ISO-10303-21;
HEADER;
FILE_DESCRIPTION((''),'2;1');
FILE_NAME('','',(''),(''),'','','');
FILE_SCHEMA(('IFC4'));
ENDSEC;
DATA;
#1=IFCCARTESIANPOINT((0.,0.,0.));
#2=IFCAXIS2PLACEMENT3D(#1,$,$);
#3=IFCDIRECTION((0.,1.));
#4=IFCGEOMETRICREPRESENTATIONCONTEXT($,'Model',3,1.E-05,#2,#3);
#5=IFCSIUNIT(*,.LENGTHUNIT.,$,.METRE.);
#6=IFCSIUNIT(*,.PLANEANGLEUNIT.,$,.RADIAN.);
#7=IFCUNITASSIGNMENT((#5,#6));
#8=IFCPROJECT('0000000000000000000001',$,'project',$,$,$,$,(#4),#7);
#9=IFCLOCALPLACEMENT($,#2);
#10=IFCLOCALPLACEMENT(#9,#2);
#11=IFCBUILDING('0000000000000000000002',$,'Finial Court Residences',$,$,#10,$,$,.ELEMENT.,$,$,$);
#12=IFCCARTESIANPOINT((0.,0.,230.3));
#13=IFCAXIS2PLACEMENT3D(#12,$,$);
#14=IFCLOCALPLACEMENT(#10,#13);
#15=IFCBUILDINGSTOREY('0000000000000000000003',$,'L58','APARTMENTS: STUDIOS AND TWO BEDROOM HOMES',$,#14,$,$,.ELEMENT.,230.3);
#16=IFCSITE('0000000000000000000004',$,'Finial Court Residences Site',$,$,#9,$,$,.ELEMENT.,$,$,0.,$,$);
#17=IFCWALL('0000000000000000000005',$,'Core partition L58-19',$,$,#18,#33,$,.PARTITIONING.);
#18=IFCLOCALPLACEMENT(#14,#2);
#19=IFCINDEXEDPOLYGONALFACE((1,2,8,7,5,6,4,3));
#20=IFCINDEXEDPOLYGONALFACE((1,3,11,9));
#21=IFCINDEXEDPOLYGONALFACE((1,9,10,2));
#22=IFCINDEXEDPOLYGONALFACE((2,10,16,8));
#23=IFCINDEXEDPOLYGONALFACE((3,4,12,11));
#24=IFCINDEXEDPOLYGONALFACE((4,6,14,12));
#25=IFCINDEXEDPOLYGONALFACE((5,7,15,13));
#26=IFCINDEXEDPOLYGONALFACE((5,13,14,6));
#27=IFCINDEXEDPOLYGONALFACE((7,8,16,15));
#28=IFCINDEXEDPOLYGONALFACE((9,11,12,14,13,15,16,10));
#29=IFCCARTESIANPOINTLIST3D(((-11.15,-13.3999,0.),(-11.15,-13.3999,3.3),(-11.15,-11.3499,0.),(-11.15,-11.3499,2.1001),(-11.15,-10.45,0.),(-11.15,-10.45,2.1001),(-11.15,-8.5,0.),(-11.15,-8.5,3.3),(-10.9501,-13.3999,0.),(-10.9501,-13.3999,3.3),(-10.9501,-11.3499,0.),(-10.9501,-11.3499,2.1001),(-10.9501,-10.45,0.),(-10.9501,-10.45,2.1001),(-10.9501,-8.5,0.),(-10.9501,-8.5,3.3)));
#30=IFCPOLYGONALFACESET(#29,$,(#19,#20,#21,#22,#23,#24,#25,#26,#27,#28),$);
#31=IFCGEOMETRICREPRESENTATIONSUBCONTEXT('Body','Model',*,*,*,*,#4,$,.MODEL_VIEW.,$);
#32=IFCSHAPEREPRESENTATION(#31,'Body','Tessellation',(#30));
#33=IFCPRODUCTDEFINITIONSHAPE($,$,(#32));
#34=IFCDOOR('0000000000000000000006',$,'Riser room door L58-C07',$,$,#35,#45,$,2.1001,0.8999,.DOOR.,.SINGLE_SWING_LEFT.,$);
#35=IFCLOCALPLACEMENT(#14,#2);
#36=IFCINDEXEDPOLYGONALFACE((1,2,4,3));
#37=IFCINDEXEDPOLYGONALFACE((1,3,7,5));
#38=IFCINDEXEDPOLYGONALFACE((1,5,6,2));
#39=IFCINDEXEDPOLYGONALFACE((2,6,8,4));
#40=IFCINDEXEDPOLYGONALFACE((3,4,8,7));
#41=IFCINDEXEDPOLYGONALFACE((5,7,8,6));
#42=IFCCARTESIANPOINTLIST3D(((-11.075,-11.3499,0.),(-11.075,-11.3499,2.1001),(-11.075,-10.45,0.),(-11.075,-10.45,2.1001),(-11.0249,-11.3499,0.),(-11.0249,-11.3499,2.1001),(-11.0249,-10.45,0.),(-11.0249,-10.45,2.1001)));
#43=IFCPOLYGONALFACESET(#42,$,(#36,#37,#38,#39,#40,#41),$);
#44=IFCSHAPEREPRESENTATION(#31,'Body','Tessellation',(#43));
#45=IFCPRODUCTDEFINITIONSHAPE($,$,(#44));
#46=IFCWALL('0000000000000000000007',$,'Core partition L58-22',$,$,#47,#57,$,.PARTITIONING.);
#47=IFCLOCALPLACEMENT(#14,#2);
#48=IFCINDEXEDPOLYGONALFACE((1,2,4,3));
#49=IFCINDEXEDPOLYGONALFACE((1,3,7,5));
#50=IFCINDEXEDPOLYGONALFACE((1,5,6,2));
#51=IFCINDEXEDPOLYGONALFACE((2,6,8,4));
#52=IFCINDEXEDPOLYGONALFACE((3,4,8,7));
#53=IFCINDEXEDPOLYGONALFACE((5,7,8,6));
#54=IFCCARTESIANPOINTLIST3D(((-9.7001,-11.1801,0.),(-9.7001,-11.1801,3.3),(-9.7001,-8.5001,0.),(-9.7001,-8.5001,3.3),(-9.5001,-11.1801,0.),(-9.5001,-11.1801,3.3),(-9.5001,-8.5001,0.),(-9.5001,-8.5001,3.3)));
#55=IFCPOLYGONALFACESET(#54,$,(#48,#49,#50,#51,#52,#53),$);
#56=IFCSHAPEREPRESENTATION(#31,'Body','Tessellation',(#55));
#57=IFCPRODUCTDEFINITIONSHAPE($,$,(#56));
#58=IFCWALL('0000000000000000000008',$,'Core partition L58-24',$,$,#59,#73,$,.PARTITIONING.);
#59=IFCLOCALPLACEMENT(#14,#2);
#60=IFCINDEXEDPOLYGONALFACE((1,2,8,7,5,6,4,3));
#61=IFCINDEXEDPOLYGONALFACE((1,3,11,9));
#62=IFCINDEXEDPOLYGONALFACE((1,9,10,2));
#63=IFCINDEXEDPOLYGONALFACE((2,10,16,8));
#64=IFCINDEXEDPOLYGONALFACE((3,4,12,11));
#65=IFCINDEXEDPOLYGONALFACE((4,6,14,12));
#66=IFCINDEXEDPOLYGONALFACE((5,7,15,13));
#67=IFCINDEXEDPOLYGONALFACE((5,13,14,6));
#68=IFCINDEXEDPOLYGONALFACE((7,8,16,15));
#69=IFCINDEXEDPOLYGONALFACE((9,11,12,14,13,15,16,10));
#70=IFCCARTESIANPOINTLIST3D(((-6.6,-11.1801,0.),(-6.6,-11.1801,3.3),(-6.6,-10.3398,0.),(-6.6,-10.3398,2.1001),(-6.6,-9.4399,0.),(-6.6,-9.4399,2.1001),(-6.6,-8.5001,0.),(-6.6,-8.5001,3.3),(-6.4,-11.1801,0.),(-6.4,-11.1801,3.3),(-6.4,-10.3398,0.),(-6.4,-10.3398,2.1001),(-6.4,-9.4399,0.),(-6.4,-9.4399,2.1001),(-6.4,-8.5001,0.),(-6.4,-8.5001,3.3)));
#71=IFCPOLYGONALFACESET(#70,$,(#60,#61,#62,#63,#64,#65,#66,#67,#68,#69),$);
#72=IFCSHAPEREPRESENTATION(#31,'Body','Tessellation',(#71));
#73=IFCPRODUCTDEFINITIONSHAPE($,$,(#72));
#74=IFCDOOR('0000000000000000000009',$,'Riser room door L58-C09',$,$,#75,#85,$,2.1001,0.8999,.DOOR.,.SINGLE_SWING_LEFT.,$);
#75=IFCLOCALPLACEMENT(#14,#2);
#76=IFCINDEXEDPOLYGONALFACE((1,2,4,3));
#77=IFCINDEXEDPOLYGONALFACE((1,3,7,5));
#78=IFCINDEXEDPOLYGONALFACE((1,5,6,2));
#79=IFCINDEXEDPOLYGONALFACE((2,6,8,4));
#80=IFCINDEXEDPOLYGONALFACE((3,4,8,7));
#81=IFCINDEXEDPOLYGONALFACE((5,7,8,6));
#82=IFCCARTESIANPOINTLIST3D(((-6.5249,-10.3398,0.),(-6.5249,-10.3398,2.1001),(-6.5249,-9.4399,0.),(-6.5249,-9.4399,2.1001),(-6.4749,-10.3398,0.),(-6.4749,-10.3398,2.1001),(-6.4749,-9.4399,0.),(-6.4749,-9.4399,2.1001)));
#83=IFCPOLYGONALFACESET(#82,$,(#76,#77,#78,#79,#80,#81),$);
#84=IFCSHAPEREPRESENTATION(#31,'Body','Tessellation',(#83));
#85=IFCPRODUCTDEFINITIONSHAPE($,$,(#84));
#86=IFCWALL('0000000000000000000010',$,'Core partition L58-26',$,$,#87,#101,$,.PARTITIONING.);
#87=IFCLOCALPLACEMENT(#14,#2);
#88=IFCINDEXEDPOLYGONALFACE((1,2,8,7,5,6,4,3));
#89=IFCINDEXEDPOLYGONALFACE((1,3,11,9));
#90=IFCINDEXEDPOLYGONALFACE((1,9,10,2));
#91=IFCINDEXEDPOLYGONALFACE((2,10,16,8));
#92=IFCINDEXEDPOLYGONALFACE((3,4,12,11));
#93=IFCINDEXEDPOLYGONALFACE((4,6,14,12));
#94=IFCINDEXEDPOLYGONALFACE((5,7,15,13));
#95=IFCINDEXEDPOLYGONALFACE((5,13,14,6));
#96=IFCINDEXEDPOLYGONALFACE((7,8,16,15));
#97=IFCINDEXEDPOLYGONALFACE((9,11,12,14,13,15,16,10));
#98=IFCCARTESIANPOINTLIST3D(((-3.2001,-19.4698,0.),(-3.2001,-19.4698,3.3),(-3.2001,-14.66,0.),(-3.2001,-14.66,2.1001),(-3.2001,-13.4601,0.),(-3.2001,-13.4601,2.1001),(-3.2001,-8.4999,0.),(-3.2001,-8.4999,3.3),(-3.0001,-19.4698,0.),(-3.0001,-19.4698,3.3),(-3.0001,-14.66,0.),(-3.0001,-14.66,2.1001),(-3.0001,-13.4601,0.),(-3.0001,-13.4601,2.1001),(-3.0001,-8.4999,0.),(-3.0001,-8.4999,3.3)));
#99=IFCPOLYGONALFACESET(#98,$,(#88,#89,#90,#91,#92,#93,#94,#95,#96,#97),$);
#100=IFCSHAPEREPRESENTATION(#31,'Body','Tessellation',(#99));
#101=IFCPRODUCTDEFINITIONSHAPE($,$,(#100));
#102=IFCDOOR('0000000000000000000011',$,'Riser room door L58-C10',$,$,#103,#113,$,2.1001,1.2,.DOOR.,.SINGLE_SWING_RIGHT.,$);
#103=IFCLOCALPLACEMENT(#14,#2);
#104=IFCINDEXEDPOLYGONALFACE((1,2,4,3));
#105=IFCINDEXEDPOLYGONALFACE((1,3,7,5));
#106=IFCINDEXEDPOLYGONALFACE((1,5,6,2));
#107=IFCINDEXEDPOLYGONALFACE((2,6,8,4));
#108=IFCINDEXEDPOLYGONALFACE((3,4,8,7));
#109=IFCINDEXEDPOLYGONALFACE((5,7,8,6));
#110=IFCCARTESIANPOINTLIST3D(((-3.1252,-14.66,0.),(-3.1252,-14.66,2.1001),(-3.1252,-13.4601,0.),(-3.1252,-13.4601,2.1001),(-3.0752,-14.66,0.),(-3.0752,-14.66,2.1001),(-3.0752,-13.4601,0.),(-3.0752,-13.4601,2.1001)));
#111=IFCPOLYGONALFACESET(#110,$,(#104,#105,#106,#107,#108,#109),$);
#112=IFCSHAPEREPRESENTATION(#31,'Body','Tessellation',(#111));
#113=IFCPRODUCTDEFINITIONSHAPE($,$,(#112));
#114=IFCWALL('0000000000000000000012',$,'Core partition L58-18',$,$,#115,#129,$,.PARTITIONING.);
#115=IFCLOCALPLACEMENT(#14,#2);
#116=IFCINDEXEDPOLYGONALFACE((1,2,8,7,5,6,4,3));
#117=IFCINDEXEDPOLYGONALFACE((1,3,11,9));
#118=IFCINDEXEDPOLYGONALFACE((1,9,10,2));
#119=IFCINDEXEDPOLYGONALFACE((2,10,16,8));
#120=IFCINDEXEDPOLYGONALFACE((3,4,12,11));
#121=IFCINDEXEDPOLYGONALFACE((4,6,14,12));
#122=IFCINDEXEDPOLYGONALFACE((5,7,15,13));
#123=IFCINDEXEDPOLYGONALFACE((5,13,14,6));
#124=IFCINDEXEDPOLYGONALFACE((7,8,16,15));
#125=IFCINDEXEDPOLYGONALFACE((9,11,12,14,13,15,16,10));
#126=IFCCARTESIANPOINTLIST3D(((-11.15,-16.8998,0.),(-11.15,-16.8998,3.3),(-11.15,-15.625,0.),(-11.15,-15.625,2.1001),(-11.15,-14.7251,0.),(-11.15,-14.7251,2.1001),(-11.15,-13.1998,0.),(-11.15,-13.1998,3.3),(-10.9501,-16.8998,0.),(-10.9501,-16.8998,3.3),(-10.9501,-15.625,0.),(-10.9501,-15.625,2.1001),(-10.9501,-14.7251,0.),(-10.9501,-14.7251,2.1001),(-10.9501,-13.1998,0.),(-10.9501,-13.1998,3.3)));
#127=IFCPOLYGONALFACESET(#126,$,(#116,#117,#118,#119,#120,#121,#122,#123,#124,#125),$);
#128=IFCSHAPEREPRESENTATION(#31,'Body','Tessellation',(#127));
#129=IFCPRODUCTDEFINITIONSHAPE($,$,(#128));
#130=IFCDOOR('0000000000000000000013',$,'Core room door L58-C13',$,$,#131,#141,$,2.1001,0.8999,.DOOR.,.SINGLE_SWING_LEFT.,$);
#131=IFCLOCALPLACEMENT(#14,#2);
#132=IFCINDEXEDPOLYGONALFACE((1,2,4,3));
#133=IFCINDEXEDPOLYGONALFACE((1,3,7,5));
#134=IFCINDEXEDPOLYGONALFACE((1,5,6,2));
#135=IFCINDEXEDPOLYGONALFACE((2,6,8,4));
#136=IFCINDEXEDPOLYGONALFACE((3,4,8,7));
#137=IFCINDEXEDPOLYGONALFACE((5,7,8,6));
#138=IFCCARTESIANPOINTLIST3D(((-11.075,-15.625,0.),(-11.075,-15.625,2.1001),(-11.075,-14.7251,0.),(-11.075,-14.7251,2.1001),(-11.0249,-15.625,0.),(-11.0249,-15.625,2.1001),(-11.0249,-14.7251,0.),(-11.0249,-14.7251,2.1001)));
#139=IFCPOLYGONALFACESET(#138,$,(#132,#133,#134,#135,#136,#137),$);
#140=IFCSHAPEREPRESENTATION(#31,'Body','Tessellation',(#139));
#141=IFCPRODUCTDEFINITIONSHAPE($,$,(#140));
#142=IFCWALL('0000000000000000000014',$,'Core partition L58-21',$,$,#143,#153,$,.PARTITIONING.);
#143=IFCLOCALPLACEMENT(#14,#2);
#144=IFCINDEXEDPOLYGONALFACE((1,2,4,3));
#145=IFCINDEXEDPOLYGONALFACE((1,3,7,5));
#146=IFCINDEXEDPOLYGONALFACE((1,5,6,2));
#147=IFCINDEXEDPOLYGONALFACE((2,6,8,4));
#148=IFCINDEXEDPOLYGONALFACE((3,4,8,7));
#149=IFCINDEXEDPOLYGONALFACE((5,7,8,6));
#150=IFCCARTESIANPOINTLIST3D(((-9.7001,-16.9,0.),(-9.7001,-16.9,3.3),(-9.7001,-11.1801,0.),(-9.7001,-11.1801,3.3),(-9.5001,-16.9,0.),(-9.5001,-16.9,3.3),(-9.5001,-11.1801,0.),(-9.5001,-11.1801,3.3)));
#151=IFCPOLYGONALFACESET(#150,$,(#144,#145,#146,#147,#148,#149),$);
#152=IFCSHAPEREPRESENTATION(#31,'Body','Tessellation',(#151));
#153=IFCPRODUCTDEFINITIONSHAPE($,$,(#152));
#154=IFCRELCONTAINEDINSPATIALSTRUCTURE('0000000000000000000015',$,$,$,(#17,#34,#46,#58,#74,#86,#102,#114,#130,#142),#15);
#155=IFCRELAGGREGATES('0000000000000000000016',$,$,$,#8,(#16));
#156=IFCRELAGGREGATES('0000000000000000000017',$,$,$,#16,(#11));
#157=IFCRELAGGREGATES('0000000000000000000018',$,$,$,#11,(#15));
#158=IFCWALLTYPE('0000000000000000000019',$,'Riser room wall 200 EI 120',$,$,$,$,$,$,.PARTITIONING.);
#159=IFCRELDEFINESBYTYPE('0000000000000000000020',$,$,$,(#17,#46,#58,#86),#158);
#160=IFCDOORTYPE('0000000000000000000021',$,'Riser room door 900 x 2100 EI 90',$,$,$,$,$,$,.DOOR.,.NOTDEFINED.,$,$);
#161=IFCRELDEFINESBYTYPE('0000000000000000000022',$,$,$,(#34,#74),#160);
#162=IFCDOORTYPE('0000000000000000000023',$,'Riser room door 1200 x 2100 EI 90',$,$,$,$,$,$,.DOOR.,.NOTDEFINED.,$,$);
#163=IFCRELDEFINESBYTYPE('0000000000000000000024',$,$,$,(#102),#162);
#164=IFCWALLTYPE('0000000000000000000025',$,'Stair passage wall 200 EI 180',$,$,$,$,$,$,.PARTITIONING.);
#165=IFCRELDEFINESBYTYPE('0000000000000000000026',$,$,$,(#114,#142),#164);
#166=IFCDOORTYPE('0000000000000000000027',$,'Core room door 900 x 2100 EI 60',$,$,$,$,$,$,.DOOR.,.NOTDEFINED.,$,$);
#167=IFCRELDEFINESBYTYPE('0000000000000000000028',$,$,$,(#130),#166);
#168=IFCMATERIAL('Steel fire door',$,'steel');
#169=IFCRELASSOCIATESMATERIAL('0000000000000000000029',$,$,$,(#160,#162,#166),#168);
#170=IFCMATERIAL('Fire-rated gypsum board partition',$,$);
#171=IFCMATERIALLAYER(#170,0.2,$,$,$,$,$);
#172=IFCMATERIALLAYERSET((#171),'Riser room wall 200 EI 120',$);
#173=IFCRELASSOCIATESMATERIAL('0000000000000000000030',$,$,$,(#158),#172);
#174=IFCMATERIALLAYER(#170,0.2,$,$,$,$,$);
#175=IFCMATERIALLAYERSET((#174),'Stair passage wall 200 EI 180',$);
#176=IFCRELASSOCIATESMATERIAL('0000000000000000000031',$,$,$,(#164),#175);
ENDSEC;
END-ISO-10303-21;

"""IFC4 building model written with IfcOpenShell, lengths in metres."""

from ifc_helpers import new_model, si_unit, direction, frame, frame_2d, origin, place, context, subcontext, project, spatial, rectangle, extrude, material, layer, layer_set, type_object, element, fill, save


model = new_model("IFC4")

# Units and contexts
model_context = context("Model", 3, precision=1e-05, world=origin(), true_north=direction((0.0, 1.0)))
body_context = subcontext(model_context, "Body", "Model", "MODEL_VIEW")
ifc_project = project(units=[si_unit("LENGTHUNIT", "METRE"), si_unit("PLANEANGLEUNIT", "RADIAN")], contexts=[model_context])

# Site, building, storey
site_placement = place(None, origin())
site = spatial("IfcSite", under=ifc_project, at=site_placement, Name="Finial Court Residences Site", CompositionType="ELEMENT", RefElevation=0.0)
building_placement = place(site_placement, origin())
building = spatial("IfcBuilding", under=site, at=building_placement, Name="Finial Court Residences", CompositionType="ELEMENT")
storey_placement = place(building_placement, frame((0.0, 0.0, 230.3)))
storey = spatial("IfcBuildingStorey", under=building, at=storey_placement, Name="L58", Description="APARTMENTS: STUDIOS AND TWO BEDROOM HOMES", CompositionType="ELEMENT", Elevation=230.3)

# Shared definitions
ifc_material_1 = material(Name="Steel fire door", Category="steel")
door_type_1 = type_object("IfcDoorType", Name="Riser room door 900 x 2100 EI 90", OperationType="NOTDEFINED", PredefinedType="DOOR", material=ifc_material_1)

# Shared definitions
ifc_material_2 = material(Name="Fire-rated gypsum board partition")

# Shared definitions
ifc_layer_1 = layer(ifc_material_2, 0.2)
ifc_layer_set_1 = layer_set([ifc_layer_1], Name="Riser room wall 200 EI 120")
wall_type_1 = type_object("IfcWallType", Name="Riser room wall 200 EI 120", PredefinedType="PARTITIONING", material=ifc_layer_set_1)

# Wall, opening, door
wall_1_placement = place(storey_placement, frame((-11.05, -13.3999, 0.0), z_axis=(0.0, 0.0, 1.0), x_axis=(0.0, 1.0, 0.0)))
wall_1 = element("IfcWall", 1, at=wall_1_placement, inside=storey, type_object=wall_type_1, Name="Core partition L58-19", PredefinedType="PARTITIONING", context=body_context, shape_type="SweptSolid", body=[
    extrude(rectangle(XDim=4.8999, YDim=0.2, at=frame_2d((2.45, 0.0))), origin(), (0.0, 0.0, 1.0), 3.3),
])
opening_1_placement = place(wall_1_placement, frame((2.05, 0.0, 0.0)))
opening_1 = element("IfcOpeningElement", 2, at=opening_1_placement, cuts=wall_1, PredefinedType="OPENING", context=body_context, shape_type="SweptSolid", body=[
    extrude(rectangle(XDim=0.8999, YDim=2.1001, at=frame_2d((0.45, 1.05))), frame((0.0, 0.1099, 0.0), z_axis=(0.0, -1.0, 0.0), x_axis=(1.0, 0.0, 0.0)), (0.0, 0.0, 1.0), 0.22),
])
door_1_placement = place(opening_1_placement, origin())
door_1 = element("IfcDoor", 3, at=door_1_placement, inside=storey, type_object=door_type_1, Name="Riser room door L58-C07", OperationType="SINGLE_SWING_LEFT", OverallHeight=2.1001, OverallWidth=0.8999, PredefinedType="DOOR", context=body_context, shape_type="SweptSolid", body=[
    extrude(rectangle(XDim=0.8999, YDim=2.1001, at=frame_2d((0.45, 1.05))), frame((0.0, 0.0249, 0.0), z_axis=(0.0, -1.0, 0.0), x_axis=(1.0, 0.0, 0.0)), (0.0, 0.0, 1.0), 0.05),
])
fill(opening_1, door_1)

# Wall
wall_2_placement = place(storey_placement, frame((-9.6001, -11.1799, 0.0), z_axis=(0.0, 0.0, 1.0), x_axis=(0.0, 1.0, 0.0)))
element("IfcWall", 4, at=wall_2_placement, inside=storey, type_object=wall_type_1, Name="Core partition L58-22", PredefinedType="PARTITIONING", context=body_context, shape_type="SweptSolid", body=[
    extrude(rectangle(XDim=2.6799, YDim=0.2, at=frame_2d((1.3398, 0.0))), origin(), (0.0, 0.0, 1.0), 3.3),
])

# Walls, openings, doors
wall_3_placement = place(storey_placement, frame((-6.5, -11.1799, 0.0), z_axis=(0.0, 0.0, 1.0), x_axis=(0.0, 1.0, 0.0)))
wall_3 = element("IfcWall", 5, at=wall_3_placement, inside=storey, type_object=wall_type_1, Name="Core partition L58-24", PredefinedType="PARTITIONING", context=body_context, shape_type="SweptSolid", body=[
    extrude(rectangle(XDim=2.6799, YDim=0.2, at=frame_2d((1.3398, 0.0))), origin(), (0.0, 0.0, 1.0), 3.3),
])
opening_2_placement = place(wall_3_placement, frame((0.8401, 0.0, 0.0)))
opening_2 = element("IfcOpeningElement", 6, at=opening_2_placement, cuts=wall_3, PredefinedType="OPENING", context=body_context, shape_type="SweptSolid", body=[
    extrude(rectangle(XDim=0.8999, YDim=2.1001, at=frame_2d((0.45, 1.05))), frame((0.0, 0.1099, 0.0), z_axis=(0.0, -1.0, 0.0), x_axis=(1.0, 0.0, 0.0)), (0.0, 0.0, 1.0), 0.22),
])
door_2_placement = place(opening_2_placement, origin())
door_2 = element("IfcDoor", 7, at=door_2_placement, inside=storey, type_object=door_type_1, Name="Riser room door L58-C09", OperationType="SINGLE_SWING_LEFT", OverallHeight=2.1001, OverallWidth=0.8999, PredefinedType="DOOR", context=body_context, shape_type="SweptSolid", body=[
    extrude(rectangle(XDim=0.8999, YDim=2.1001, at=frame_2d((0.45, 1.05))), frame((0.0, 0.0249, 0.0), z_axis=(0.0, -1.0, 0.0), x_axis=(1.0, 0.0, 0.0)), (0.0, 0.0, 1.0), 0.05),
])
fill(opening_2, door_2)
wall_4_placement = place(storey_placement, frame((-3.1001, -8.5, 0.0), z_axis=(0.0, 0.0, 1.0), x_axis=(0.0, -1.0, 0.0)))
wall_4 = element("IfcWall", 8, at=wall_4_placement, inside=storey, type_object=wall_type_1, Name="Core partition L58-26", PredefinedType="PARTITIONING", context=body_context, shape_type="SweptSolid", body=[
    extrude(rectangle(XDim=10.97, YDim=0.2, at=frame_2d((5.4849, 0.0))), origin(), (0.0, 0.0, 1.0), 3.3),
])
opening_3_placement = place(wall_4_placement, frame((4.96, 0.0, 0.0)))
opening_3 = element("IfcOpeningElement", 9, at=opening_3_placement, cuts=wall_4, PredefinedType="OPENING", context=body_context, shape_type="SweptSolid", body=[
    extrude(rectangle(XDim=1.2, YDim=2.1001, at=frame_2d((0.6001, 1.05))), frame((0.0, 0.1099, 0.0), z_axis=(0.0, -1.0, 0.0), x_axis=(1.0, 0.0, 0.0)), (0.0, 0.0, 1.0), 0.22),
])
door_type_2 = type_object("IfcDoorType", Name="Riser room door 1200 x 2100 EI 90", OperationType="NOTDEFINED", PredefinedType="DOOR", material=ifc_material_1)
door_3_placement = place(opening_3_placement, origin())
door_3 = element("IfcDoor", 10, at=door_3_placement, inside=storey, type_object=door_type_2, Name="Riser room door L58-C10", OperationType="SINGLE_SWING_RIGHT", OverallHeight=2.1001, OverallWidth=1.2, PredefinedType="DOOR", context=body_context, shape_type="SweptSolid", body=[
    extrude(rectangle(XDim=1.2, YDim=2.1001, at=frame_2d((0.6001, 1.05))), frame((0.0, 0.0249, 0.0), z_axis=(0.0, -1.0, 0.0), x_axis=(1.0, 0.0, 0.0)), (0.0, 0.0, 1.0), 0.05),
])
fill(opening_3, door_3)
ifc_layer_2 = layer(ifc_material_2, 0.2)
ifc_layer_set_2 = layer_set([ifc_layer_2], Name="Stair passage wall 200 EI 180")
wall_type_2 = type_object("IfcWallType", Name="Stair passage wall 200 EI 180", PredefinedType="PARTITIONING", material=ifc_layer_set_2)
wall_5_placement = place(storey_placement, frame((-11.05, -16.8999, 0.0), z_axis=(0.0, 0.0, 1.0), x_axis=(0.0, 1.0, 0.0)))
wall_5 = element("IfcWall", 11, at=wall_5_placement, inside=storey, type_object=wall_type_2, Name="Core partition L58-18", PredefinedType="PARTITIONING", context=body_context, shape_type="SweptSolid", body=[
    extrude(rectangle(XDim=3.7, YDim=0.2, at=frame_2d((1.8501, 0.0))), origin(), (0.0, 0.0, 1.0), 3.3),
])
opening_4_placement = place(wall_5_placement, frame((1.2749, 0.0, 0.0)))
opening_4 = element("IfcOpeningElement", 12, at=opening_4_placement, cuts=wall_5, PredefinedType="OPENING", context=body_context, shape_type="SweptSolid", body=[
    extrude(rectangle(XDim=0.8999, YDim=2.1001, at=frame_2d((0.45, 1.05))), frame((0.0, 0.1099, 0.0), z_axis=(0.0, -1.0, 0.0), x_axis=(1.0, 0.0, 0.0)), (0.0, 0.0, 1.0), 0.22),
])
door_type_3 = type_object("IfcDoorType", Name="Core room door 900 x 2100 EI 60", OperationType="NOTDEFINED", PredefinedType="DOOR", material=ifc_material_1)
door_4_placement = place(opening_4_placement, origin())
door_4 = element("IfcDoor", 13, at=door_4_placement, inside=storey, type_object=door_type_3, Name="Core room door L58-C13", OperationType="SINGLE_SWING_LEFT", OverallHeight=2.1001, OverallWidth=0.8999, PredefinedType="DOOR", context=body_context, shape_type="SweptSolid", body=[
    extrude(rectangle(XDim=0.8999, YDim=2.1001, at=frame_2d((0.45, 1.05))), frame((0.0, 0.0249, 0.0), z_axis=(0.0, -1.0, 0.0), x_axis=(1.0, 0.0, 0.0)), (0.0, 0.0, 1.0), 0.05),
])
fill(opening_4, door_4)

# Wall
wall_6_placement = place(storey_placement, frame((-9.6001, -16.8999, 0.0), z_axis=(0.0, 0.0, 1.0), x_axis=(0.0, 1.0, 0.0)))
element("IfcWall", 14, at=wall_6_placement, inside=storey, type_object=wall_type_2, Name="Core partition L58-21", PredefinedType="PARTITIONING", context=body_context, shape_type="SweptSolid", body=[
    extrude(rectangle(XDim=5.72, YDim=0.2, at=frame_2d((2.8599, 0.0))), origin(), (0.0, 0.0, 1.0), 3.3),
])

save(model, "model.ifc")
